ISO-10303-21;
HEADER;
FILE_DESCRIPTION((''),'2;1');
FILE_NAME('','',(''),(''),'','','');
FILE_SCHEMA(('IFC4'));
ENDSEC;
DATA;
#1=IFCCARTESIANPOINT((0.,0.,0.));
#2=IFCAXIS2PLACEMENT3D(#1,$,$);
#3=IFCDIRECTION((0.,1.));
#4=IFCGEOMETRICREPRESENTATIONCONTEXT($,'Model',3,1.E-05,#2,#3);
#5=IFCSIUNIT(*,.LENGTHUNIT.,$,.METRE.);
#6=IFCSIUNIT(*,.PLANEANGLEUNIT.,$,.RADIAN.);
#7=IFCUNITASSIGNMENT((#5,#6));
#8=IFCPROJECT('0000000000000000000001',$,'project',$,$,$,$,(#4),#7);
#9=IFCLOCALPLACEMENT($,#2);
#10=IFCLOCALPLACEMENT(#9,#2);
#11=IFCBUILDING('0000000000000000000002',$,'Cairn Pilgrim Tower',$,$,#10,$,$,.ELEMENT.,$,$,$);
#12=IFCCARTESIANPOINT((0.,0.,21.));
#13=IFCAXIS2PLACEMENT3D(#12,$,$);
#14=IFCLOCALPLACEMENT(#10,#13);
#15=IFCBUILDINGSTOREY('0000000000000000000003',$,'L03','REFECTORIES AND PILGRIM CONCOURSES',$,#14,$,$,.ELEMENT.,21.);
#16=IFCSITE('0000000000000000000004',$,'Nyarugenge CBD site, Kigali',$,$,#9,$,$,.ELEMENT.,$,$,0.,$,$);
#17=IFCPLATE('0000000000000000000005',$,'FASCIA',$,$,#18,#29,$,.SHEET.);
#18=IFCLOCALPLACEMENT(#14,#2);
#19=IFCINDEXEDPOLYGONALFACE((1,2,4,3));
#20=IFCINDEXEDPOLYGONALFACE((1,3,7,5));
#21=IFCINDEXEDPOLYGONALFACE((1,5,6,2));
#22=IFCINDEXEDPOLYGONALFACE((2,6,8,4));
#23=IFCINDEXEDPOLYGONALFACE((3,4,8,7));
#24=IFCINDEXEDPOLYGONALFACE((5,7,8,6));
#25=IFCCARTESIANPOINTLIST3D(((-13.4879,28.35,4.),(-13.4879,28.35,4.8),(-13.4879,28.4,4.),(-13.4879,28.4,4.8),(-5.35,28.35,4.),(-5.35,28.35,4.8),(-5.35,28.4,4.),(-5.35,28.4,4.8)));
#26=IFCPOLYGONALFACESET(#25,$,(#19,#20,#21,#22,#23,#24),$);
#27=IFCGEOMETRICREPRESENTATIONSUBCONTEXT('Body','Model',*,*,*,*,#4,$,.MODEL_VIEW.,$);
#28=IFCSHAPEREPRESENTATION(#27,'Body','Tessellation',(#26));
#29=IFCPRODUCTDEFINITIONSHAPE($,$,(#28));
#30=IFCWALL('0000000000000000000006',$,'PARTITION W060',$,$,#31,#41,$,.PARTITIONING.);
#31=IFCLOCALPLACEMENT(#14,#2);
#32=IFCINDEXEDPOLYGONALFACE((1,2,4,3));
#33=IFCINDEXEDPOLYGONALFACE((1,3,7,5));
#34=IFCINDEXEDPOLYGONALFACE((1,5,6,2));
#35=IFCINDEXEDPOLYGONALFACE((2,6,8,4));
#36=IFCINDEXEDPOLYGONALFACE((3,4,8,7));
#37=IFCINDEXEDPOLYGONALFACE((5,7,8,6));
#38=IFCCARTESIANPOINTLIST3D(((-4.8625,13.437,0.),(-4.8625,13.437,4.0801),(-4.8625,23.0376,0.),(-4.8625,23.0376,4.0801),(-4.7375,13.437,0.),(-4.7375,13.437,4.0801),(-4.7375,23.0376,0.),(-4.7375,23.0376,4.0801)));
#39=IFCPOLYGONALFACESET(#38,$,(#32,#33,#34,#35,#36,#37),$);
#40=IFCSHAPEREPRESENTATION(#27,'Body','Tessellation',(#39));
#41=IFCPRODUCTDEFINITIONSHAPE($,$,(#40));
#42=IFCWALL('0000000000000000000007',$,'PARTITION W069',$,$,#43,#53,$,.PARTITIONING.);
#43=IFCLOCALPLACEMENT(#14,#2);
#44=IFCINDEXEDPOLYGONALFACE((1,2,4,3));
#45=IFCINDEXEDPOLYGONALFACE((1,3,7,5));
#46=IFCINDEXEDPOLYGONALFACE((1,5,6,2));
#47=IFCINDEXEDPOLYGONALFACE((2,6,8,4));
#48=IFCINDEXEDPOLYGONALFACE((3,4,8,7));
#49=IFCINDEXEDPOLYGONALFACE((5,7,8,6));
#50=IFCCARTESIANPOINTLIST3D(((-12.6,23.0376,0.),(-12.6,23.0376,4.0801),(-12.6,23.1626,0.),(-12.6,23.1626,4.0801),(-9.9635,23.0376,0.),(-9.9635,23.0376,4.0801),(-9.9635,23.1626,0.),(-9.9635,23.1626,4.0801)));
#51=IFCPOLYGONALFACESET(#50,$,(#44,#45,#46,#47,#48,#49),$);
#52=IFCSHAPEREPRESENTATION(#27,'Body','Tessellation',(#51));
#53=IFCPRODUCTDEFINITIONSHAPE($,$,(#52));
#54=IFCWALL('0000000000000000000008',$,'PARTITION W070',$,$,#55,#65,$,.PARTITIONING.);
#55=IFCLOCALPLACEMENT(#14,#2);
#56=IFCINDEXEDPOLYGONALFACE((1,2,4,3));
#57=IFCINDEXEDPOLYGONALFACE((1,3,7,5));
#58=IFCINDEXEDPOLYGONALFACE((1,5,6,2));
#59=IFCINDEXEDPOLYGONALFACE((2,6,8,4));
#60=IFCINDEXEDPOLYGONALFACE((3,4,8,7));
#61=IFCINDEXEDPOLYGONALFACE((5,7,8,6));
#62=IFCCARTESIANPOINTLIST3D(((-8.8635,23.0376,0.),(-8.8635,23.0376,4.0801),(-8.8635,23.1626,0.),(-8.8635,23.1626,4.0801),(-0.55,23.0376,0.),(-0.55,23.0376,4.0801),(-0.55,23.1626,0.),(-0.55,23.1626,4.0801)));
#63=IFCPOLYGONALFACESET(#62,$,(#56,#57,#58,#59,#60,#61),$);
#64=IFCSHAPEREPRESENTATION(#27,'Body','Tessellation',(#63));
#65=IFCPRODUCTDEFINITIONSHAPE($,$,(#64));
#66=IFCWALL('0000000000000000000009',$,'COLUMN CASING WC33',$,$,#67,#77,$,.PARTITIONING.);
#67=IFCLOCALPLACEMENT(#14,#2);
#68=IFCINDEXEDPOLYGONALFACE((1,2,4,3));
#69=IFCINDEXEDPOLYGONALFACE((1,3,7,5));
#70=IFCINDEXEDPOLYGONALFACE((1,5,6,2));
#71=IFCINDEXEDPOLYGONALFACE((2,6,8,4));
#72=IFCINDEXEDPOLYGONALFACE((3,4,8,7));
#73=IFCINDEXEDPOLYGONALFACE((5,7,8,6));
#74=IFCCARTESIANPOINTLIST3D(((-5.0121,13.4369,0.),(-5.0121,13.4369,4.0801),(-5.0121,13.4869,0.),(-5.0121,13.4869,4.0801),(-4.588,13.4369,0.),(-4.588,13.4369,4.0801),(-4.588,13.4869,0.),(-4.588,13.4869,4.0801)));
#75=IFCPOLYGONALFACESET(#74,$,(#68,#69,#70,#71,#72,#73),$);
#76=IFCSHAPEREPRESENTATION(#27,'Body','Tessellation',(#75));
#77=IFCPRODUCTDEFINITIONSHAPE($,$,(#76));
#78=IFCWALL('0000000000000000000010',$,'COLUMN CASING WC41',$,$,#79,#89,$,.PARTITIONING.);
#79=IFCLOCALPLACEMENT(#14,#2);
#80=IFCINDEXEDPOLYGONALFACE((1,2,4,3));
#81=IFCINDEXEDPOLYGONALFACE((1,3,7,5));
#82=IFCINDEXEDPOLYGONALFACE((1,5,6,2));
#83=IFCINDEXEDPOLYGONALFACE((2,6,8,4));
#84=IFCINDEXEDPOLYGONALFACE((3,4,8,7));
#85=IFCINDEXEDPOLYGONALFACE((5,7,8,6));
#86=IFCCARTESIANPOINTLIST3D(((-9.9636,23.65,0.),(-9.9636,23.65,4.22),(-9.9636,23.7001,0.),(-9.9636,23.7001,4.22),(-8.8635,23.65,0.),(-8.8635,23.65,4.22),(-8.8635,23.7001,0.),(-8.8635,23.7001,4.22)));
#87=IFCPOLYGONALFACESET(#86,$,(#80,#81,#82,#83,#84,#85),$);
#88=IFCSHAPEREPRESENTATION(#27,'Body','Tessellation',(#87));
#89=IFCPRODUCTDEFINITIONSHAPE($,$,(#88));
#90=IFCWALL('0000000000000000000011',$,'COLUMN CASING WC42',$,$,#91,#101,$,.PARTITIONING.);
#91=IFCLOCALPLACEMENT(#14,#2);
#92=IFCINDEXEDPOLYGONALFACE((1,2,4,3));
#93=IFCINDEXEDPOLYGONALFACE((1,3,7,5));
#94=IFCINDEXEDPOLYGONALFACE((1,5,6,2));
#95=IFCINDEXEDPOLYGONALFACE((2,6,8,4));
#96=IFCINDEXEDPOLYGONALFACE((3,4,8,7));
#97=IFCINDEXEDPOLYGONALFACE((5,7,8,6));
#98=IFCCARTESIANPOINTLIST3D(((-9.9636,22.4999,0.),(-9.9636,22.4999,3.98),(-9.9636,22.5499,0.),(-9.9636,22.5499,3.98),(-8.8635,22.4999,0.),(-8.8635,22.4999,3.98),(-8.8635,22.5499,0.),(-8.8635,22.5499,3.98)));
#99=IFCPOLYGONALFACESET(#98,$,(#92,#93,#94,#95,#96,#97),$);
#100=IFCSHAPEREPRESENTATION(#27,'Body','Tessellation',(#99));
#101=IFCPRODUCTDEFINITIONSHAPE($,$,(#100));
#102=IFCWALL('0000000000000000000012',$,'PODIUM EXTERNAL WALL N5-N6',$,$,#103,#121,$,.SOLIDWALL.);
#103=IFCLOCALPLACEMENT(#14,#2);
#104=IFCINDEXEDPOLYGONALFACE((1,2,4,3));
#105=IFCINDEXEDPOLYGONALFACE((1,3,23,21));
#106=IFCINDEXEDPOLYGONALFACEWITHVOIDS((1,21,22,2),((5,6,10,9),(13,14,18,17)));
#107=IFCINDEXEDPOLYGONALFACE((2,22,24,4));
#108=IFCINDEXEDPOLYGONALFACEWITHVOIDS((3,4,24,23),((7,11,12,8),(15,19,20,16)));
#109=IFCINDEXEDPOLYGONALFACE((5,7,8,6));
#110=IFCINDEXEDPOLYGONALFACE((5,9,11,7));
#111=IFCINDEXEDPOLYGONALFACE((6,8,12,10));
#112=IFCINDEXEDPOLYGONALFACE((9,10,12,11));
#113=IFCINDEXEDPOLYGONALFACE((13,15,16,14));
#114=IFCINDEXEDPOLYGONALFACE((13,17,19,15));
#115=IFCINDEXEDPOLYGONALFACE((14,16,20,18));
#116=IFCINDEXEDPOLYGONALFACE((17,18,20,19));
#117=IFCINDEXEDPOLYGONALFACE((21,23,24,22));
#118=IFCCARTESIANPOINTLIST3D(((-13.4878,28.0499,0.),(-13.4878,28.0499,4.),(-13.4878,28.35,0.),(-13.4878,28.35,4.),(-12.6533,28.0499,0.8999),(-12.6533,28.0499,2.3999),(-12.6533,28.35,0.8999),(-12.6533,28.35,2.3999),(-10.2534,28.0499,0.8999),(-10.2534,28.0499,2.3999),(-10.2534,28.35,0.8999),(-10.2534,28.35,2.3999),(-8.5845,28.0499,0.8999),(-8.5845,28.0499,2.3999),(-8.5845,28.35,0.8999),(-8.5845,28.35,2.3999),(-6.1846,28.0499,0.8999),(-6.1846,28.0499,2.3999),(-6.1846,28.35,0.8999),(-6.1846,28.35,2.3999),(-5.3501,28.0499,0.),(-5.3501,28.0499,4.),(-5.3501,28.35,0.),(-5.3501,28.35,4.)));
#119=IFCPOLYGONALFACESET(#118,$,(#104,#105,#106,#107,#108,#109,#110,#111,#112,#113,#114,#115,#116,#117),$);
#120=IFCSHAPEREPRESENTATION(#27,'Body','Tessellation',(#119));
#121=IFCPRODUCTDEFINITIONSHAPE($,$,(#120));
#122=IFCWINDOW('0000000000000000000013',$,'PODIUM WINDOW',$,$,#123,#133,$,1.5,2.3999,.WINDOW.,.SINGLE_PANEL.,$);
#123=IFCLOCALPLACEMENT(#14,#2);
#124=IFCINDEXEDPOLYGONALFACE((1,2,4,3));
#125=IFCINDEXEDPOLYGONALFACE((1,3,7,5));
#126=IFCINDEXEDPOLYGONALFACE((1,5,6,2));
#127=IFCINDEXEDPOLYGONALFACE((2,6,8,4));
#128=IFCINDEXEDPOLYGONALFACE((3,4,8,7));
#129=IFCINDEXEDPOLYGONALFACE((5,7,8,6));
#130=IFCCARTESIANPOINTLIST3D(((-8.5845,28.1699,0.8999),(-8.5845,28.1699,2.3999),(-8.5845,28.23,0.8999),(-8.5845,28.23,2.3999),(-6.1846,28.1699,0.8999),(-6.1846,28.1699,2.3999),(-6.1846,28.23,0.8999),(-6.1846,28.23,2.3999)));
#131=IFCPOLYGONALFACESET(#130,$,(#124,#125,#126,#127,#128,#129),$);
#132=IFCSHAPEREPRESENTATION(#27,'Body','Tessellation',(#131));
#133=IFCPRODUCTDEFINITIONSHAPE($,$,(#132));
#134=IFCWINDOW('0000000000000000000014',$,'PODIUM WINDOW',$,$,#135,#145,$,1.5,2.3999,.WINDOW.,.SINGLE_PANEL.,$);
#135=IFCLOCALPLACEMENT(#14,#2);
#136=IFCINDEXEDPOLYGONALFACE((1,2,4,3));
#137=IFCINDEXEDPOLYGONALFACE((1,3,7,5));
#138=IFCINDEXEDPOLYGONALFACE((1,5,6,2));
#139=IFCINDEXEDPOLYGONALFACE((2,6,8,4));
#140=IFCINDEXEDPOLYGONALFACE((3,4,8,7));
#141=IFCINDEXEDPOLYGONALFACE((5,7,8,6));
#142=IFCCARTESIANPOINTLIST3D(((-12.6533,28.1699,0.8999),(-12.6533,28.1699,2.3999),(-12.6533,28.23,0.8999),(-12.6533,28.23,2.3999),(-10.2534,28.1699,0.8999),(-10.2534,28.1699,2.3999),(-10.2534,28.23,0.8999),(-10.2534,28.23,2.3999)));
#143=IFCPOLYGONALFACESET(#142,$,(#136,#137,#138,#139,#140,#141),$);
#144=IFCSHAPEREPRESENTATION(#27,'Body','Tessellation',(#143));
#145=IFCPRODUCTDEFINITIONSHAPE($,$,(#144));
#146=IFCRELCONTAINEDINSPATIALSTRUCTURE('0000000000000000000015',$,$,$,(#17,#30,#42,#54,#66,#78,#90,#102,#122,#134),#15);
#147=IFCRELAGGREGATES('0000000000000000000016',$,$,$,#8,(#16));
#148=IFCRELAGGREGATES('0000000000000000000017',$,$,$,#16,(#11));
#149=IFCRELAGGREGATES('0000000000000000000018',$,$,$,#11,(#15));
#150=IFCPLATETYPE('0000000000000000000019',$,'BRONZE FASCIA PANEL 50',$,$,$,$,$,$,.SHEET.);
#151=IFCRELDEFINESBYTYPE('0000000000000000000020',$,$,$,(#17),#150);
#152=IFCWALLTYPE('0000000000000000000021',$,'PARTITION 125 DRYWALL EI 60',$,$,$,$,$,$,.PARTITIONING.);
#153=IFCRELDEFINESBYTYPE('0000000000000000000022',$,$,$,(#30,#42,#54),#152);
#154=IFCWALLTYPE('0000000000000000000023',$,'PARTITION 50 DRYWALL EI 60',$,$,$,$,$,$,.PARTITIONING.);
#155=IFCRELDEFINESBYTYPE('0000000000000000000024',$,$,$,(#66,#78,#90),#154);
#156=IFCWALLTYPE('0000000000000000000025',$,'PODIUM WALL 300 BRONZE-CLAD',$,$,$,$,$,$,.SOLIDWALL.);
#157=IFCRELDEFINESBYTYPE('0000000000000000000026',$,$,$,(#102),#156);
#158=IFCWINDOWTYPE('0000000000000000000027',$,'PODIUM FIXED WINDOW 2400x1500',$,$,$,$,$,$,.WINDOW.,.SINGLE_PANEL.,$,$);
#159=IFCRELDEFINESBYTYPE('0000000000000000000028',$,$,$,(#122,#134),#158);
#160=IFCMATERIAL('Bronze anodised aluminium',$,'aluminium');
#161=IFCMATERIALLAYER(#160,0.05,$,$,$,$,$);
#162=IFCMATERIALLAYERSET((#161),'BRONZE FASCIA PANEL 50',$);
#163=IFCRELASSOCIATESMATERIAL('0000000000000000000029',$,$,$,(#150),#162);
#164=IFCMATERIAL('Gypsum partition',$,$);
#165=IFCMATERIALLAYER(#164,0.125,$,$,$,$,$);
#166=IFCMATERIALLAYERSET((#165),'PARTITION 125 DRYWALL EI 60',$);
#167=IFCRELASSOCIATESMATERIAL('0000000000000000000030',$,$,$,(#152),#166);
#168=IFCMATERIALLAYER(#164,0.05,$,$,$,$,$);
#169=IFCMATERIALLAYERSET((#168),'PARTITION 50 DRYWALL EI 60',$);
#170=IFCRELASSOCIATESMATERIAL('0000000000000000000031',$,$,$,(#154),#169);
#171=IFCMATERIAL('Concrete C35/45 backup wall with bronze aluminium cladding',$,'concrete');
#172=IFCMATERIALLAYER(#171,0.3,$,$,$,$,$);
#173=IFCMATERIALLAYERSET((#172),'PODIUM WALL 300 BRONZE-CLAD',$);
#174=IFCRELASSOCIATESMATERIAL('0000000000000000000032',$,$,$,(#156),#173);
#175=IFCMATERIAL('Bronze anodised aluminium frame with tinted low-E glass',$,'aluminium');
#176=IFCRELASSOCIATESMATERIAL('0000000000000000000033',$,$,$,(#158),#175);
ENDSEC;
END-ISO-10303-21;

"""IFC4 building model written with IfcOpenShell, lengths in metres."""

from ifc_helpers import new_model, si_unit, direction, frame, frame_2d, origin, origin_2d, place, context, subcontext, project, spatial, rectangle, extrude, material, layer, layer_set, type_object, element, fill, save


model = new_model("IFC4")

# Units and contexts
model_context = context("Model", 3, precision=1e-05, world=origin(), true_north=direction((0.0, 1.0)))
body_context = subcontext(model_context, "Body", "Model", "MODEL_VIEW")
ifc_project = project(units=[si_unit("LENGTHUNIT", "METRE"), si_unit("PLANEANGLEUNIT", "RADIAN")], contexts=[model_context])

# Site, building, storey
site_placement = place(None, origin())
site = spatial("IfcSite", under=ifc_project, at=site_placement, Name="Nyarugenge CBD site, Kigali", CompositionType="ELEMENT", RefElevation=0.0)
building_placement = place(site_placement, origin())
building = spatial("IfcBuilding", under=site, at=building_placement, Name="Cairn Pilgrim Tower", CompositionType="ELEMENT")
storey_placement = place(building_placement, frame((0.0, 0.0, 21.0)))
storey = spatial("IfcBuildingStorey", under=building, at=storey_placement, Name="L03", Description="REFECTORIES AND PILGRIM CONCOURSES", CompositionType="ELEMENT", Elevation=21.0)

# Plate
ifc_material_1 = material(Name="Bronze anodised aluminium", Category="aluminium")
ifc_layer_1 = layer(ifc_material_1, 0.05)
ifc_layer_set_1 = layer_set([ifc_layer_1], Name="BRONZE FASCIA PANEL 50")
plate_type = type_object("IfcPlateType", Name="BRONZE FASCIA PANEL 50", PredefinedType="SHEET", material=ifc_layer_set_1)
plate_placement = place(storey_placement, frame((-9.4189, 28.375, 4.0), z_axis=(0.0, 0.0, 1.0), x_axis=(-1.0, 0.0, 0.0)))
element("IfcPlate", 1, at=plate_placement, inside=storey, type_object=plate_type, Name="FASCIA", PredefinedType="SHEET", context=body_context, shape_type="SweptSolid", body=[
    extrude(rectangle(XDim=8.1379, YDim=0.05, at=origin_2d()), origin(), (0.0, 0.0, 1.0), 0.8),
])

# Walls
ifc_material_2 = material(Name="Gypsum partition")
ifc_layer_2 = layer(ifc_material_2, 0.125)
ifc_layer_set_2 = layer_set([ifc_layer_2], Name="PARTITION 125 DRYWALL EI 60")
wall_type_1 = type_object("IfcWallType", Name="PARTITION 125 DRYWALL EI 60", PredefinedType="PARTITIONING", material=ifc_layer_set_2)
wall_1_placement = place(storey_placement, frame((-4.8, 13.437, 0.0), z_axis=(0.0, 0.0, 1.0), x_axis=(0.0, 1.0, 0.0)))
element("IfcWall", 2, at=wall_1_placement, inside=storey, type_object=wall_type_1, Name="PARTITION W060", PredefinedType="PARTITIONING", context=body_context, shape_type="SweptSolid", body=[
    extrude(rectangle(XDim=9.6006, YDim=0.125, at=frame_2d((4.8003, 0.0))), origin(), (0.0, 0.0, 1.0), 4.0801),
])
wall_2_placement = place(storey_placement, frame((-12.6001, 23.1001, 0.0), z_axis=(0.0, 0.0, 1.0), x_axis=(1.0, 0.0, 0.0)))
element("IfcWall", 3, at=wall_2_placement, inside=storey, type_object=wall_type_1, Name="PARTITION W069", PredefinedType="PARTITIONING", context=body_context, shape_type="SweptSolid", body=[
    extrude(rectangle(XDim=2.6365, YDim=0.125, at=frame_2d((1.3184, 0.0))), origin(), (0.0, 0.0, 1.0), 4.0801),
])
wall_3_placement = place(storey_placement, frame((-8.8635, 23.1001, 0.0), z_axis=(0.0, 0.0, 1.0), x_axis=(1.0, 0.0, 0.0)))
element("IfcWall", 4, at=wall_3_placement, inside=storey, type_object=wall_type_1, Name="PARTITION W070", PredefinedType="PARTITIONING", context=body_context, shape_type="SweptSolid", body=[
    extrude(rectangle(XDim=8.3135, YDim=0.125, at=frame_2d((4.1567, 0.0))), origin(), (0.0, 0.0, 1.0), 4.0801),
])
ifc_layer_3 = layer(ifc_material_2, 0.05)
ifc_layer_set_3 = layer_set([ifc_layer_3], Name="PARTITION 50 DRYWALL EI 60")
wall_type_2 = type_object("IfcWallType", Name="PARTITION 50 DRYWALL EI 60", PredefinedType="PARTITIONING", material=ifc_layer_set_3)
wall_4_placement = place(storey_placement, frame((-5.012, 13.4619, 0.0), z_axis=(0.0, 0.0, 1.0), x_axis=(1.0, 0.0, 0.0)))
element("IfcWall", 5, at=wall_4_placement, inside=storey, type_object=wall_type_2, Name="COLUMN CASING WC33", PredefinedType="PARTITIONING", context=body_context, shape_type="SweptSolid", body=[
    extrude(rectangle(XDim=0.4241, YDim=0.05, at=frame_2d((0.2119, 0.0))), origin(), (0.0, 0.0, 1.0), 4.0801),
])
wall_5_placement = place(storey_placement, frame((-9.9636, 23.675, 0.0), z_axis=(0.0, 0.0, 1.0), x_axis=(1.0, 0.0, 0.0)))
element("IfcWall", 6, at=wall_5_placement, inside=storey, type_object=wall_type_2, Name="COLUMN CASING WC41", PredefinedType="PARTITIONING", context=body_context, shape_type="SweptSolid", body=[
    extrude(rectangle(XDim=1.1001, YDim=0.05, at=frame_2d((0.55, 0.0))), origin(), (0.0, 0.0, 1.0), 4.22),
])
wall_6_placement = place(storey_placement, frame((-9.9636, 22.5249, 0.0), z_axis=(0.0, 0.0, 1.0), x_axis=(1.0, 0.0, 0.0)))
element("IfcWall", 7, at=wall_6_placement, inside=storey, type_object=wall_type_2, Name="COLUMN CASING WC42", PredefinedType="PARTITIONING", context=body_context, shape_type="SweptSolid", body=[
    extrude(rectangle(XDim=1.1001, YDim=0.05, at=frame_2d((0.55, 0.0))), origin(), (0.0, 0.0, 1.0), 3.98),
])

# Wall, openings, windows
ifc_material_3 = material(Name="Concrete C35/45 backup wall with bronze aluminium cladding", Category="concrete")
ifc_layer_4 = layer(ifc_material_3, 0.3)
ifc_layer_set_4 = layer_set([ifc_layer_4], Name="PODIUM WALL 300 BRONZE-CLAD")
wall_type_3 = type_object("IfcWallType", Name="PODIUM WALL 300 BRONZE-CLAD", PredefinedType="SOLIDWALL", material=ifc_layer_set_4)
wall_7_placement = place(storey_placement, frame((-5.3501, 28.2, 0.0), z_axis=(0.0, 0.0, 1.0), x_axis=(-1.0, 0.0, 0.0)))
wall_7 = element("IfcWall", 8, at=wall_7_placement, inside=storey, type_object=wall_type_3, Name="PODIUM EXTERNAL WALL N5-N6", PredefinedType="SOLIDWALL", context=body_context, shape_type="SweptSolid", body=[
    extrude(rectangle(XDim=8.1377, YDim=0.3, at=frame_2d((4.0688, 0.0))), origin(), (0.0, 0.0, 1.0), 4.0),
])
opening_1_placement = place(wall_7_placement, frame((0.8345, 0.0, 0.8999)))
opening_1 = element("IfcOpeningElement", 9, at=opening_1_placement, cuts=wall_7, PredefinedType="OPENING", context=body_context, shape_type="SweptSolid", body=[
    extrude(rectangle(XDim=2.3999, YDim=1.5, at=frame_2d((1.2, 0.75))), frame((0.0, 0.1602, 0.0), z_axis=(0.0, -1.0, 0.0), x_axis=(1.0, 0.0, 0.0)), (0.0, 0.0, 1.0), 0.3201),
])
opening_2_placement = place(wall_7_placement, frame((4.9033, 0.0, 0.8999)))
opening_2 = element("IfcOpeningElement", 10, at=opening_2_placement, cuts=wall_7, PredefinedType="OPENING", context=body_context, shape_type="SweptSolid", body=[
    extrude(rectangle(XDim=2.3999, YDim=1.5, at=frame_2d((1.2, 0.75))), frame((0.0, 0.1602, 0.0), z_axis=(0.0, -1.0, 0.0), x_axis=(1.0, 0.0, 0.0)), (0.0, 0.0, 1.0), 0.3201),
])
ifc_material_4 = material(Name="Bronze anodised aluminium frame with tinted low-E glass", Category="aluminium")
window_type = type_object("IfcWindowType", Name="PODIUM FIXED WINDOW 2400x1500", PartitioningType="SINGLE_PANEL", PredefinedType="WINDOW", material=ifc_material_4)
window_1_placement = place(opening_1_placement, origin())
window_1 = element("IfcWindow", 11, at=window_1_placement, inside=storey, type_object=window_type, Name="PODIUM WINDOW", OverallHeight=1.5, OverallWidth=2.3999, PartitioningType="SINGLE_PANEL", PredefinedType="WINDOW", context=body_context, shape_type="SweptSolid", body=[
    extrude(rectangle(XDim=2.3999, YDim=1.5, at=frame_2d((1.2, 0.75))), frame((0.0, 0.03, 0.0), z_axis=(0.0, -1.0, 0.0), x_axis=(1.0, 0.0, 0.0)), (0.0, 0.0, 1.0), 0.0601),
])
fill(opening_1, window_1)
window_2_placement = place(opening_2_placement, origin())
window_2 = element("IfcWindow", 12, at=window_2_placement, inside=storey, type_object=window_type, Name="PODIUM WINDOW", OverallHeight=1.5, OverallWidth=2.3999, PartitioningType="SINGLE_PANEL", PredefinedType="WINDOW", context=body_context, shape_type="SweptSolid", body=[
    extrude(rectangle(XDim=2.3999, YDim=1.5, at=frame_2d((1.2, 0.75))), frame((0.0, 0.03, 0.0), z_axis=(0.0, -1.0, 0.0), x_axis=(1.0, 0.0, 0.0)), (0.0, 0.0, 1.0), 0.0601),
])
fill(opening_2, window_2)

save(model, "model.ifc")
